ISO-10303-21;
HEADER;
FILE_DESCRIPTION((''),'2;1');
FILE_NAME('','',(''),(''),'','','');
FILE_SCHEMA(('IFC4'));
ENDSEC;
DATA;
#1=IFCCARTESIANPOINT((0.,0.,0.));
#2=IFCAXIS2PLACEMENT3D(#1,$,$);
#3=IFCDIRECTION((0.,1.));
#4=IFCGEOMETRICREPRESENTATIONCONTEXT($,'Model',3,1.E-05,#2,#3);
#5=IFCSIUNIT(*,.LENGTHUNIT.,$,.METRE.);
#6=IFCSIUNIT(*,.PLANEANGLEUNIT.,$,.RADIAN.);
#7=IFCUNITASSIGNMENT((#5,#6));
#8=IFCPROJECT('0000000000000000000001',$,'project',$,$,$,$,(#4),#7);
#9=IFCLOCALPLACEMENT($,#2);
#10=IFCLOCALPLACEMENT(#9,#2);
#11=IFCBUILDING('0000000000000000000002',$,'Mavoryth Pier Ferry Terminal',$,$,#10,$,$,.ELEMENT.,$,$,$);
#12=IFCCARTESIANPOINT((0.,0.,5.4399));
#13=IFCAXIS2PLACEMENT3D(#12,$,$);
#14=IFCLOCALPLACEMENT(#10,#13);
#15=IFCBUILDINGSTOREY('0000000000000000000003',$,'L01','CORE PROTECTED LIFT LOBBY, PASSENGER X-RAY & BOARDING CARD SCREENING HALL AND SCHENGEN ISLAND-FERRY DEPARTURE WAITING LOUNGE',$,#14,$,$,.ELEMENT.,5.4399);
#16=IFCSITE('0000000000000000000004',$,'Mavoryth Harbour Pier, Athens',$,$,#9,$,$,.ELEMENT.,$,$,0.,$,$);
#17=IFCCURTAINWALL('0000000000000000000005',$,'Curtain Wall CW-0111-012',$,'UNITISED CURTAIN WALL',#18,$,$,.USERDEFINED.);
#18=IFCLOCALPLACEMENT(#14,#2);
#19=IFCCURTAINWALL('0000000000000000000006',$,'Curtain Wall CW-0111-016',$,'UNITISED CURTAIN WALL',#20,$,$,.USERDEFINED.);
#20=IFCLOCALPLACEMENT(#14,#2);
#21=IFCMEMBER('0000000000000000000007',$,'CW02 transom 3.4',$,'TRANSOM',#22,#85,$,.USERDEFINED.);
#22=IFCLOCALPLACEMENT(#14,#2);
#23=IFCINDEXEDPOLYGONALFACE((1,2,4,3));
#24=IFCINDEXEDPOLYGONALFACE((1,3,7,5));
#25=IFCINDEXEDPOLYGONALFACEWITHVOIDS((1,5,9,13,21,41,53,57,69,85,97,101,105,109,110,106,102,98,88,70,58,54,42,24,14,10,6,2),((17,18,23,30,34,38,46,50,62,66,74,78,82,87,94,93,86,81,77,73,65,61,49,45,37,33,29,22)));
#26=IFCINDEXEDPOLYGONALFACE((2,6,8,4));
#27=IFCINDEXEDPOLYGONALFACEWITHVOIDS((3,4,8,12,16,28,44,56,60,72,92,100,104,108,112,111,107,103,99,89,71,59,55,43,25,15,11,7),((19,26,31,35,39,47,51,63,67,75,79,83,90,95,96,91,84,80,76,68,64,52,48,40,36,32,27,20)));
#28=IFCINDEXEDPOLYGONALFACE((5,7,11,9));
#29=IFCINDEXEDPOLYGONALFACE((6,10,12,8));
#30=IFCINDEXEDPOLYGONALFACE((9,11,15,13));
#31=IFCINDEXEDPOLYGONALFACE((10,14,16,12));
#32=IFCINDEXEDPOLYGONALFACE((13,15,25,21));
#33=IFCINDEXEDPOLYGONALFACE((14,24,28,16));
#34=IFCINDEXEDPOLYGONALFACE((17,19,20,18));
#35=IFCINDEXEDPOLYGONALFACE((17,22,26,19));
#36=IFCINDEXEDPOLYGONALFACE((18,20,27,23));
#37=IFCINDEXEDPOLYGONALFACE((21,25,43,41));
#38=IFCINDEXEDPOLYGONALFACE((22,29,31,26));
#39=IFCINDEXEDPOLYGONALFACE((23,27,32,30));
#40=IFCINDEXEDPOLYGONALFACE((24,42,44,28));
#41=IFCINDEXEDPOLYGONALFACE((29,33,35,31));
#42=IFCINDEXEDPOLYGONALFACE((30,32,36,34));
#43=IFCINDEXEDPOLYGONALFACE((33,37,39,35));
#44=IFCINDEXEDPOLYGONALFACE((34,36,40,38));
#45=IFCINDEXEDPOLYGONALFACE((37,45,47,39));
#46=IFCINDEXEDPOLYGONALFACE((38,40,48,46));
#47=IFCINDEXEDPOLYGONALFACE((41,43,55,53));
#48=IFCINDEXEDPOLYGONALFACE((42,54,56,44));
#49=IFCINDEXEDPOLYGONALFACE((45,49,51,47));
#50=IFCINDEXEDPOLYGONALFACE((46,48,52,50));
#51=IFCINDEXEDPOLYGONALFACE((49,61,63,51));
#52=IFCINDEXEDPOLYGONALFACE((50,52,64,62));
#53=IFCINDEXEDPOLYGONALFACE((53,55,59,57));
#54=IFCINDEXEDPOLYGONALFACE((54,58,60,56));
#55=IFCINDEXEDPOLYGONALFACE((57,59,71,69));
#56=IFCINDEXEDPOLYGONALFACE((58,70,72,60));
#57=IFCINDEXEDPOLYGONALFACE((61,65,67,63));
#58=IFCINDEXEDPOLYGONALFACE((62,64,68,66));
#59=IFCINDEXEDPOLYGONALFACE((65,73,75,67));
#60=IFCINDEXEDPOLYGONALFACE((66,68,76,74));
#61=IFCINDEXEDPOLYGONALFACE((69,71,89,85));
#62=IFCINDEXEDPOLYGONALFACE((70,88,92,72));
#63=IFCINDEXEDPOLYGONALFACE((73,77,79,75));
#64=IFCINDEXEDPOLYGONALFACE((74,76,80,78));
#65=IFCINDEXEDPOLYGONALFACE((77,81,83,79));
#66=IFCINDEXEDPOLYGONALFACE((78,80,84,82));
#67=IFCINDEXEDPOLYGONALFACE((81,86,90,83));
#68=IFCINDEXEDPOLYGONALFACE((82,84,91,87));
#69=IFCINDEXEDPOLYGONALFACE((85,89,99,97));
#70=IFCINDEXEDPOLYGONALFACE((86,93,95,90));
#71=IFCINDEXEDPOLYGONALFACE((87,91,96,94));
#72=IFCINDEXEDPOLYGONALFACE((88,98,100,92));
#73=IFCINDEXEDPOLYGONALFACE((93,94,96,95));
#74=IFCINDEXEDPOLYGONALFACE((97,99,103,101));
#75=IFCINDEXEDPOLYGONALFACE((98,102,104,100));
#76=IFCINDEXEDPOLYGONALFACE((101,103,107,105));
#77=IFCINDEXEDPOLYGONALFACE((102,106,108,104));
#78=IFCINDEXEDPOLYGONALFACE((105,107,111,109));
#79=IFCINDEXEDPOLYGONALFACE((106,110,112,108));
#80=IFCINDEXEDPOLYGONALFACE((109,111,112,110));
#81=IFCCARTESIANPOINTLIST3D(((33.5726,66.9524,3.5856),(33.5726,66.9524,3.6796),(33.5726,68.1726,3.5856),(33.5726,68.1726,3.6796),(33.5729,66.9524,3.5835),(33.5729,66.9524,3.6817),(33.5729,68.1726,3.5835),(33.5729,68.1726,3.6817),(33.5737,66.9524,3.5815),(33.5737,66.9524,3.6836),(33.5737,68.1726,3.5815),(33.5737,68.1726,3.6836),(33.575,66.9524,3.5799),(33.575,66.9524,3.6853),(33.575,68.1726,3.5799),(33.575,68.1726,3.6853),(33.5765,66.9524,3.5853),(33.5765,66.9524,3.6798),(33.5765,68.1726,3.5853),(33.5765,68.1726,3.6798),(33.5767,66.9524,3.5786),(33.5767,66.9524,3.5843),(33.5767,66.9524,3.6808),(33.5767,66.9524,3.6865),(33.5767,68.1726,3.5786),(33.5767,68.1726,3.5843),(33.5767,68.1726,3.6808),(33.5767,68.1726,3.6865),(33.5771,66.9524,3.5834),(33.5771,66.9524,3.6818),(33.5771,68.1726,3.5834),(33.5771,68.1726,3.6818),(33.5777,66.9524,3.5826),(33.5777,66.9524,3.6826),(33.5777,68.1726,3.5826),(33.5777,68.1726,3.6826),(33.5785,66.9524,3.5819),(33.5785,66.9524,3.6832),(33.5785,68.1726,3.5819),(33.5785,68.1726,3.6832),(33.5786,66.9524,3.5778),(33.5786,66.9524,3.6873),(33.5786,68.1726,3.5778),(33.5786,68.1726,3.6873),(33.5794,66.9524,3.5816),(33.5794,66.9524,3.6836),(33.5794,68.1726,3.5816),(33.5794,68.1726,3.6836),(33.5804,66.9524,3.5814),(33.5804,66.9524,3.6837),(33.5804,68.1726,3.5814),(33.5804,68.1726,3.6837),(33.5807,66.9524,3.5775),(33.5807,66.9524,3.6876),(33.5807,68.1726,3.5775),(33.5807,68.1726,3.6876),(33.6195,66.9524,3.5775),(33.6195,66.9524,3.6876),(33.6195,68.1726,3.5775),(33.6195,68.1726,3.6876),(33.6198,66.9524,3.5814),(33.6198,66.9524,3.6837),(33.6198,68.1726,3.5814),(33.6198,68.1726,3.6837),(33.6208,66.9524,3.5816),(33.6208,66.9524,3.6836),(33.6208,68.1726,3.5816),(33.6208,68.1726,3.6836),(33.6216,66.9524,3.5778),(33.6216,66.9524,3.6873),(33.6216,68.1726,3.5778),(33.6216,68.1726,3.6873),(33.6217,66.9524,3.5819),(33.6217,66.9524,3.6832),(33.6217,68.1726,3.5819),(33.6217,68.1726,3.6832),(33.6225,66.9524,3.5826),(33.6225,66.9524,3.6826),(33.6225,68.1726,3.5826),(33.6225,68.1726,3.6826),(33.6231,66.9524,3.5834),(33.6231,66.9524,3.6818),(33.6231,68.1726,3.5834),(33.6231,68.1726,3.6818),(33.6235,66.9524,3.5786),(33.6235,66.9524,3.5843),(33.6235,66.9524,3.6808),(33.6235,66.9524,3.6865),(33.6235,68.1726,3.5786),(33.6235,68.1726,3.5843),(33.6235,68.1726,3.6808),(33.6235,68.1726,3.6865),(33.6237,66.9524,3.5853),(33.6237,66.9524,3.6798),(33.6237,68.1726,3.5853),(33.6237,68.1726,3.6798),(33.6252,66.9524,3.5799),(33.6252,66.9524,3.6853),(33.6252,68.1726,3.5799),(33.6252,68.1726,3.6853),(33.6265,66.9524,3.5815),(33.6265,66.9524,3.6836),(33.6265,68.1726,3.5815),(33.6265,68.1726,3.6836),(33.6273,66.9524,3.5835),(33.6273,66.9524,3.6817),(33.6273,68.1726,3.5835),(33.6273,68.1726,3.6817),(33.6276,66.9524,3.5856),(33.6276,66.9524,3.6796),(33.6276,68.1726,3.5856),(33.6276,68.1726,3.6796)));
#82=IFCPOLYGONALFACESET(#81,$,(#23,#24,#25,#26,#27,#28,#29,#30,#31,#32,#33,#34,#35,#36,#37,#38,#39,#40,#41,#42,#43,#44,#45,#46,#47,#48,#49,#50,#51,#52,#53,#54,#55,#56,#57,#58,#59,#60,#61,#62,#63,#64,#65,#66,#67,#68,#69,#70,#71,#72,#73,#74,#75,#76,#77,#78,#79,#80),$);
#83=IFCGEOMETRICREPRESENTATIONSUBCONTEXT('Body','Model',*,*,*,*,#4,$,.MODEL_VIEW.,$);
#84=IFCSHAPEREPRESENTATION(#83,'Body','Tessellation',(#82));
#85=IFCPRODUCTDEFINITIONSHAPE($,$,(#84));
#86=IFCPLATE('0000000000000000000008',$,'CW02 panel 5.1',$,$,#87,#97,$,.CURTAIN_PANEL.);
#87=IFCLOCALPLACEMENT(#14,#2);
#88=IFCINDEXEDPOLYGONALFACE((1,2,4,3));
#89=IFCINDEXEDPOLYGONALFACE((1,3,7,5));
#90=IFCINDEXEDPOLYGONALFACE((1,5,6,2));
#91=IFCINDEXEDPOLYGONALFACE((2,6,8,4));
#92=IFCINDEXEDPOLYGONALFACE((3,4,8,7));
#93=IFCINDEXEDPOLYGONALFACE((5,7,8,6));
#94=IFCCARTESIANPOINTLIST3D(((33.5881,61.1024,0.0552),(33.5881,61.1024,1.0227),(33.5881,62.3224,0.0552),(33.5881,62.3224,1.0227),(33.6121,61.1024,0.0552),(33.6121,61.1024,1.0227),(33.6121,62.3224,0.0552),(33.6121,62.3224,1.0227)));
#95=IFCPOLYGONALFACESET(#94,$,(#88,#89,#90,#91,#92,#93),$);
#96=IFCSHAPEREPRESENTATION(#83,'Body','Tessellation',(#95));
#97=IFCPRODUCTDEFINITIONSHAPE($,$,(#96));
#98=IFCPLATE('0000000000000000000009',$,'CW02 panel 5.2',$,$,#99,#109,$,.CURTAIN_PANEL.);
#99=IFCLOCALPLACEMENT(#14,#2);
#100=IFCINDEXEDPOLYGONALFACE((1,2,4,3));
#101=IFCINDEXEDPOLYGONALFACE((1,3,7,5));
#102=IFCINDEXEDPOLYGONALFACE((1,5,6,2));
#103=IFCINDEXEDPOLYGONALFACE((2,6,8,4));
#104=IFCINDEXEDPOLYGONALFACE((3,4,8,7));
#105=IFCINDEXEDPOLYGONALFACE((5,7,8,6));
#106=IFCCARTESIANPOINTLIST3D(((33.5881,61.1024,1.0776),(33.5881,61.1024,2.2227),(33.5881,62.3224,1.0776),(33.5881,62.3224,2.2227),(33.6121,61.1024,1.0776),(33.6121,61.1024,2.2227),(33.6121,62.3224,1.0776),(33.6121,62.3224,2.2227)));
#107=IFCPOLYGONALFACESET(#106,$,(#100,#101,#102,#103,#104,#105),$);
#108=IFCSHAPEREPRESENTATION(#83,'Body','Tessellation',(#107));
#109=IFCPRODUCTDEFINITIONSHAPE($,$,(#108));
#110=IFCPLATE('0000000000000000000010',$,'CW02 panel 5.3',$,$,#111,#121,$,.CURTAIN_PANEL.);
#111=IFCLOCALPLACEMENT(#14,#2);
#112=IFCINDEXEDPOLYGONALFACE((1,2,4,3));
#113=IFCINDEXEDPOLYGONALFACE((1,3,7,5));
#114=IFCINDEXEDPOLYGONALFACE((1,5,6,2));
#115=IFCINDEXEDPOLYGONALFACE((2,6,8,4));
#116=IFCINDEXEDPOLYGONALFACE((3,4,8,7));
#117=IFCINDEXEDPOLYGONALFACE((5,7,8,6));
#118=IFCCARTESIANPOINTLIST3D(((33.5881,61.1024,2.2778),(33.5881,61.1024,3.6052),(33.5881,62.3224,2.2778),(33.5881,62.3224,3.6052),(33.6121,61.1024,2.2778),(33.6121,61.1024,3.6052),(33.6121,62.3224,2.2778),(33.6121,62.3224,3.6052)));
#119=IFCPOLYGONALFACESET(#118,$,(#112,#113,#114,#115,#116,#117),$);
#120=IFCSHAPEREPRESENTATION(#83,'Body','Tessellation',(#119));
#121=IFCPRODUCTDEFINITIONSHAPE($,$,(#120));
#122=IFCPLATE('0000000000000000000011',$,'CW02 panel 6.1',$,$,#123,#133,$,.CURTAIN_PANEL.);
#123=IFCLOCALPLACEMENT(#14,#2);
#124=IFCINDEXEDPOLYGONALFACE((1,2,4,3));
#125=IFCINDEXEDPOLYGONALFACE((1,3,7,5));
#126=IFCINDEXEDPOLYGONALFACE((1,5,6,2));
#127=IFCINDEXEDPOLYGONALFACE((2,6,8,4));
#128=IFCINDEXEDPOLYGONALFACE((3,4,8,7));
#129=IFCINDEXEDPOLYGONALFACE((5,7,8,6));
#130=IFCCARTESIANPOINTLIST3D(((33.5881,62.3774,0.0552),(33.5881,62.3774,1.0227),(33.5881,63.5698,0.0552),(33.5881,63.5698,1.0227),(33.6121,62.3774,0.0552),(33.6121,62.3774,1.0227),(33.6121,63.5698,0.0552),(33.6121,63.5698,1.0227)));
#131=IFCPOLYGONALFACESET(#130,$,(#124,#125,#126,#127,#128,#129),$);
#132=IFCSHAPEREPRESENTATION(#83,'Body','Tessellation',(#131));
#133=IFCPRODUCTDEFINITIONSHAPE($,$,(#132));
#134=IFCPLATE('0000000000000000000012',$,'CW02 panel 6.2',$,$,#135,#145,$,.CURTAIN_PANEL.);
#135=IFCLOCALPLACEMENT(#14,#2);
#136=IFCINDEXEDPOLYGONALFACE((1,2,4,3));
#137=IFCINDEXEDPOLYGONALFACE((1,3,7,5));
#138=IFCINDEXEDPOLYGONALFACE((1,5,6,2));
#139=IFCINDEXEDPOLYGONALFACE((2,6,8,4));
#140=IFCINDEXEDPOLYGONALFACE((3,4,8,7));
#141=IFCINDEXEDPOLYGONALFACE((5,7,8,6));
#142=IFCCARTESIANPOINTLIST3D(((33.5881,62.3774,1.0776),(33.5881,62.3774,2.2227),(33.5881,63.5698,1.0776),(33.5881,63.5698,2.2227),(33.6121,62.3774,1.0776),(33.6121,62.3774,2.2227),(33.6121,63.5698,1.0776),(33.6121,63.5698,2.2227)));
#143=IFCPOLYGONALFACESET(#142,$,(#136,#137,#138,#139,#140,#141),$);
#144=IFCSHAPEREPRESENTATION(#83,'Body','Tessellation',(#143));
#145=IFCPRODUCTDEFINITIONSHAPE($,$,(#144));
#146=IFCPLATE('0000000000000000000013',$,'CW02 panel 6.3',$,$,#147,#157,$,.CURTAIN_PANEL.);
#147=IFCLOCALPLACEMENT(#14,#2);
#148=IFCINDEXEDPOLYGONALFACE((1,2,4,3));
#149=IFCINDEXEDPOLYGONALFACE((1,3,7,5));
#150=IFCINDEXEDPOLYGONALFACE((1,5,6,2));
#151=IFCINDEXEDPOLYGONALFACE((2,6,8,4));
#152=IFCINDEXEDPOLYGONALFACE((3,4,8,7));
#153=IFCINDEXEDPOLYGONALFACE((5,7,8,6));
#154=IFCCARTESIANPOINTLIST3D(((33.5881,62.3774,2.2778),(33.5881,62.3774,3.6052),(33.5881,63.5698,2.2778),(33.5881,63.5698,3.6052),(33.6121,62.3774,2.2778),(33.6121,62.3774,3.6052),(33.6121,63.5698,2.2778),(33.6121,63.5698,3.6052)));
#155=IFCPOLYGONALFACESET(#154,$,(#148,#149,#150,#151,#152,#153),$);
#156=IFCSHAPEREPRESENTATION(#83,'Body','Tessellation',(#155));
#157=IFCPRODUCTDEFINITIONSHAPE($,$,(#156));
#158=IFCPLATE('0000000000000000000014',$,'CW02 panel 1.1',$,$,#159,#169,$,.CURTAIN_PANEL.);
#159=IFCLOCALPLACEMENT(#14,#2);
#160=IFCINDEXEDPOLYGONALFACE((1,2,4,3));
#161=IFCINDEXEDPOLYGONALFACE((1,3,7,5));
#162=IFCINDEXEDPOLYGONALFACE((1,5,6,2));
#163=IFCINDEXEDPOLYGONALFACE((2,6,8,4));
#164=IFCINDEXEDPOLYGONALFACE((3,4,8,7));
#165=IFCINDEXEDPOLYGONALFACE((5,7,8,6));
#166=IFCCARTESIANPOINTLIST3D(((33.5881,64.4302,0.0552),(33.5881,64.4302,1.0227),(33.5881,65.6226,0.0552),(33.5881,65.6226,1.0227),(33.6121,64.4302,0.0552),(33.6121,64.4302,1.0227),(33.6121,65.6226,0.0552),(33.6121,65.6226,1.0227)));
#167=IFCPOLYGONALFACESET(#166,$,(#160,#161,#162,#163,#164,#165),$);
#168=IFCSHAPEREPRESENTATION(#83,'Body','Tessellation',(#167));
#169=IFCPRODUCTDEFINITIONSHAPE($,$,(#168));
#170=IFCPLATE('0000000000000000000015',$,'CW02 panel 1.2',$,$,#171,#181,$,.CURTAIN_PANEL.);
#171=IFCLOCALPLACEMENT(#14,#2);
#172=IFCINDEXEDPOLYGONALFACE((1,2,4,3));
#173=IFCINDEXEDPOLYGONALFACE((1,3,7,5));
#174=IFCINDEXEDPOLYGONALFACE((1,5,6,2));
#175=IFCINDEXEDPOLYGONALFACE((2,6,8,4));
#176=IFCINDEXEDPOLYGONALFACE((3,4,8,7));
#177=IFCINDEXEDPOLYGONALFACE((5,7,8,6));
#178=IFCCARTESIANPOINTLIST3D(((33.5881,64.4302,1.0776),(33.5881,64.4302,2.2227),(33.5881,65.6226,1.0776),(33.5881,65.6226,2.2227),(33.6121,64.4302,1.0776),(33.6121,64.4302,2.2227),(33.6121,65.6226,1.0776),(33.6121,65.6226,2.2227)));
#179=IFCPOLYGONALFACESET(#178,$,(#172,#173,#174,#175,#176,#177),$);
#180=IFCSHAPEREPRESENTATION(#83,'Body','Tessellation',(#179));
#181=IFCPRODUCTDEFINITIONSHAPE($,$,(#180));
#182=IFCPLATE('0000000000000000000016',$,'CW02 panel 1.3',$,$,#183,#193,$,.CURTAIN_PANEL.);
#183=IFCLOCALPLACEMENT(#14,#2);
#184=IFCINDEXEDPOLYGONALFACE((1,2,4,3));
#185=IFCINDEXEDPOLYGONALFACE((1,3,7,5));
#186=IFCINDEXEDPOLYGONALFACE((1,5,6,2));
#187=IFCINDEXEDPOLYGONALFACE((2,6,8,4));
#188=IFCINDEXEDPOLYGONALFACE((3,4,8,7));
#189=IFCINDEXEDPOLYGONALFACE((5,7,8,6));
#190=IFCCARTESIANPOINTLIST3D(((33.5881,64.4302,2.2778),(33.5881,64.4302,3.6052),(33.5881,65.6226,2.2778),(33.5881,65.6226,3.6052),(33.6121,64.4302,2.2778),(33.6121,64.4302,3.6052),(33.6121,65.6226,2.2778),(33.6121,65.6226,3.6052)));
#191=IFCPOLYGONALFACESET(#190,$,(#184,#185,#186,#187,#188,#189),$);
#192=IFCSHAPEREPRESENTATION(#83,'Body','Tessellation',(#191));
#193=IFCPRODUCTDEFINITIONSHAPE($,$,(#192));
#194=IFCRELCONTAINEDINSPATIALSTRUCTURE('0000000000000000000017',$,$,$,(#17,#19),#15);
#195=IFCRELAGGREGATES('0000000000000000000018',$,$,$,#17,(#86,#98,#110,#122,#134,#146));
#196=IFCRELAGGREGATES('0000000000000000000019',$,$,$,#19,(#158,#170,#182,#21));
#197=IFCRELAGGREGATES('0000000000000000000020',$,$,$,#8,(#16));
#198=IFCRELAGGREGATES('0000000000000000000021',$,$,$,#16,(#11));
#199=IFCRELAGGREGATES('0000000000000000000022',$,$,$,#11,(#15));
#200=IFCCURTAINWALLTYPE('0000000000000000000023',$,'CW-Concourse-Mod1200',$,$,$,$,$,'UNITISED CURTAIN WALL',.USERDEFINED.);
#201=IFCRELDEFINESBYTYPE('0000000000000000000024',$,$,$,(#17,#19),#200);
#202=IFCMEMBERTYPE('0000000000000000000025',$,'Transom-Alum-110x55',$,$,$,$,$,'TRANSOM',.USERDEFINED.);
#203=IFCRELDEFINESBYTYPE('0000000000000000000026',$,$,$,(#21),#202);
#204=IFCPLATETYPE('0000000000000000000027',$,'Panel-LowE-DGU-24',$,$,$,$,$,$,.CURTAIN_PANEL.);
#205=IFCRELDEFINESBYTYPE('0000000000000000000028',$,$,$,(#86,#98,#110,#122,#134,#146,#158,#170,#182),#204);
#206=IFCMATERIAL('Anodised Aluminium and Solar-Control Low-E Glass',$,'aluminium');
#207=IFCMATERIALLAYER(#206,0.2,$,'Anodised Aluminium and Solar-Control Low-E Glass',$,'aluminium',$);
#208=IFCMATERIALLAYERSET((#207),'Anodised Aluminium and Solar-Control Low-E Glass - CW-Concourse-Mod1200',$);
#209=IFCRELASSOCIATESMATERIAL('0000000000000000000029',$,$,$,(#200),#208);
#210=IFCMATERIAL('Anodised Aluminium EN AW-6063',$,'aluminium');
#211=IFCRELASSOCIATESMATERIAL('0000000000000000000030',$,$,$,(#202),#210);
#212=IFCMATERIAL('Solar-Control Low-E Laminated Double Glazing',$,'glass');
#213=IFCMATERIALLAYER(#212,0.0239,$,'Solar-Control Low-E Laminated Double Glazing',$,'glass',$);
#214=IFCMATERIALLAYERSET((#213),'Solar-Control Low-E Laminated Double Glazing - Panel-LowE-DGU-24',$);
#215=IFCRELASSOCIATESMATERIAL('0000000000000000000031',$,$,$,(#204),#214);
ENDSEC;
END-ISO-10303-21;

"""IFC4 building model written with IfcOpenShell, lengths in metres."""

from ifc_helpers import new_model, si_unit, direction, frame, origin, origin_2d, place, context, subcontext, project, spatial, rectangle, hollow_rectangle, extrude, material, layer, layer_set, material_profile, profile_set, type_object, element, aggregate, save


model = new_model("IFC4")

# Units and contexts
model_context = context("Model", 3, precision=1e-05, world=origin(), true_north=direction((0.0, 1.0)))
body_context = subcontext(model_context, "Body", "Model", "MODEL_VIEW")
ifc_project = project(units=[si_unit("LENGTHUNIT", "METRE"), si_unit("PLANEANGLEUNIT", "RADIAN")], contexts=[model_context])

# Site, building, storey
site_placement = place(None, origin())
site = spatial("IfcSite", under=ifc_project, at=site_placement, Name="Mavoryth Harbour Pier, Athens", CompositionType="ELEMENT", RefElevation=0.0)
building_placement = place(site_placement, origin())
building = spatial("IfcBuilding", under=site, at=building_placement, Name="Mavoryth Pier Ferry Terminal", CompositionType="ELEMENT")
storey_placement = place(building_placement, frame((0.0, 0.0, 5.4399)))
storey = spatial("IfcBuildingStorey", under=building, at=storey_placement, Name="L01", Description="CORE PROTECTED LIFT LOBBY, PASSENGER X-RAY & BOARDING CARD SCREENING HALL AND SCHENGEN ISLAND-FERRY DEPARTURE WAITING LOUNGE", CompositionType="ELEMENT", Elevation=5.4399)

# Curtain walls
ifc_material_1 = material(Name="Anodised Aluminium and Solar-Control Low-E Glass", Category="aluminium")
ifc_layer_1 = layer(ifc_material_1, 0.2, Name="Anodised Aluminium and Solar-Control Low-E Glass", Category="aluminium")
ifc_layer_set_1 = layer_set([ifc_layer_1], Name="Anodised Aluminium and Solar-Control Low-E Glass - CW-Concourse-Mod1200")
curtain_wall_type = type_object("IfcCurtainWallType", Name="CW-Concourse-Mod1200", ElementType="UNITISED CURTAIN WALL", PredefinedType="USERDEFINED", material=ifc_layer_set_1)
curtain_wall_1_placement = place(storey_placement, origin())
curtain_wall_1 = element("IfcCurtainWall", 1, at=curtain_wall_1_placement, inside=storey, type_object=curtain_wall_type, Name="Curtain Wall CW-0111-012", ObjectType="UNITISED CURTAIN WALL", PredefinedType="USERDEFINED")
ifc_material_2 = material(Name="Anodised Aluminium EN AW-6063", Category="aluminium")
curtain_wall_2_placement = place(storey_placement, origin())
curtain_wall_2 = element("IfcCurtainWall", 2, at=curtain_wall_2_placement, inside=storey, type_object=curtain_wall_type, Name="Curtain Wall CW-0111-016", ObjectType="UNITISED CURTAIN WALL", PredefinedType="USERDEFINED")

# Member
ifc_material_profile_1 = material_profile(ifc_material_2, hollow_rectangle(XDim=0.0549, YDim=0.1101, WallThickness=0.0039, InnerFilletRadius=0.0039, OuterFilletRadius=0.0081, at=origin_2d()), Name="AL-TRAN 110x55x4", Category="aluminium")
ifc_profile_set_1 = profile_set([ifc_material_profile_1], Name="Anodised Aluminium EN AW-6063 - AL-TRAN 110x55x4")
member_type_1 = type_object("IfcMemberType", Name="Transom-Alum-110x55", ElementType="TRANSOM", PredefinedType="USERDEFINED", material=ifc_profile_set_1)
member_1_placement = place(storey_placement, frame((33.6001, 66.9524, 3.6326), z_axis=(0.0, 1.0, 0.0), x_axis=(-1.0, 0.0, 0.0)))
member_1 = element("IfcMember", 3, at=member_1_placement, type_object=member_type_1, Name="CW02 transom 3.4", ObjectType="TRANSOM", PredefinedType="USERDEFINED", context=body_context, shape_type="SweptSolid", body=[
    extrude(hollow_rectangle(XDim=0.0549, YDim=0.1101, WallThickness=0.0039, InnerFilletRadius=0.0039, OuterFilletRadius=0.0081, at=origin_2d()), origin(), (0.0, 0.0, 1.0), 1.2202),
])

# Plates
ifc_material_3 = material(Name="Solar-Control Low-E Laminated Double Glazing", Category="glass")
ifc_layer_2 = layer(ifc_material_3, 0.0239, Name="Solar-Control Low-E Laminated Double Glazing", Category="glass")
ifc_layer_set_2 = layer_set([ifc_layer_2], Name="Solar-Control Low-E Laminated Double Glazing - Panel-LowE-DGU-24")
plate_type = type_object("IfcPlateType", Name="Panel-LowE-DGU-24", PredefinedType="CURTAIN_PANEL", material=ifc_layer_set_2)
plate_1_placement = place(storey_placement, frame((33.6001, 61.7124, 0.0552), z_axis=(0.0, 0.0, 1.0), x_axis=(0.0, 1.0, 0.0)))
plate_1 = element("IfcPlate", 4, at=plate_1_placement, type_object=plate_type, Name="CW02 panel 5.1", PredefinedType="CURTAIN_PANEL", context=body_context, shape_type="SweptSolid", body=[
    extrude(rectangle(XDim=1.22, YDim=0.0239, at=origin_2d()), origin(), (0.0, 0.0, 1.0), 0.9675),
])
plate_2_placement = place(storey_placement, frame((33.6001, 61.7124, 1.0776), z_axis=(0.0, 0.0, 1.0), x_axis=(0.0, 1.0, 0.0)))
plate_2 = element("IfcPlate", 5, at=plate_2_placement, type_object=plate_type, Name="CW02 panel 5.2", PredefinedType="CURTAIN_PANEL", context=body_context, shape_type="SweptSolid", body=[
    extrude(rectangle(XDim=1.22, YDim=0.0239, at=origin_2d()), origin(), (0.0, 0.0, 1.0), 1.145),
])
plate_3_placement = place(storey_placement, frame((33.6001, 61.7124, 2.2778), z_axis=(0.0, 0.0, 1.0), x_axis=(0.0, 1.0, 0.0)))
plate_3 = element("IfcPlate", 6, at=plate_3_placement, type_object=plate_type, Name="CW02 panel 5.3", PredefinedType="CURTAIN_PANEL", context=body_context, shape_type="SweptSolid", body=[
    extrude(rectangle(XDim=1.22, YDim=0.0239, at=origin_2d()), origin(), (0.0, 0.0, 1.0), 1.3274),
])
plate_4_placement = place(storey_placement, frame((33.6001, 62.9736, 0.0552), z_axis=(0.0, 0.0, 1.0), x_axis=(0.0, 1.0, 0.0)))
plate_4 = element("IfcPlate", 7, at=plate_4_placement, type_object=plate_type, Name="CW02 panel 6.1", PredefinedType="CURTAIN_PANEL", context=body_context, shape_type="SweptSolid", body=[
    extrude(rectangle(XDim=1.1924, YDim=0.0239, at=origin_2d()), origin(), (0.0, 0.0, 1.0), 0.9675),
])
plate_5_placement = place(storey_placement, frame((33.6001, 62.9736, 1.0776), z_axis=(0.0, 0.0, 1.0), x_axis=(0.0, 1.0, 0.0)))
plate_5 = element("IfcPlate", 8, at=plate_5_placement, type_object=plate_type, Name="CW02 panel 6.2", PredefinedType="CURTAIN_PANEL", context=body_context, shape_type="SweptSolid", body=[
    extrude(rectangle(XDim=1.1924, YDim=0.0239, at=origin_2d()), origin(), (0.0, 0.0, 1.0), 1.145),
])
plate_6_placement = place(storey_placement, frame((33.6001, 62.9736, 2.2778), z_axis=(0.0, 0.0, 1.0), x_axis=(0.0, 1.0, 0.0)))
plate_6 = element("IfcPlate", 9, at=plate_6_placement, type_object=plate_type, Name="CW02 panel 6.3", PredefinedType="CURTAIN_PANEL", context=body_context, shape_type="SweptSolid", body=[
    extrude(rectangle(XDim=1.1924, YDim=0.0239, at=origin_2d()), origin(), (0.0, 0.0, 1.0), 1.3274),
])
aggregate(curtain_wall_1, [plate_1, plate_2, plate_3, plate_4, plate_5, plate_6])
plate_7_placement = place(storey_placement, frame((33.6001, 65.0264, 0.0552), z_axis=(0.0, 0.0, 1.0), x_axis=(0.0, 1.0, 0.0)))
plate_7 = element("IfcPlate", 10, at=plate_7_placement, type_object=plate_type, Name="CW02 panel 1.1", PredefinedType="CURTAIN_PANEL", context=body_context, shape_type="SweptSolid", body=[
    extrude(rectangle(XDim=1.1924, YDim=0.0239, at=origin_2d()), origin(), (0.0, 0.0, 1.0), 0.9675),
])
plate_8_placement = place(storey_placement, frame((33.6001, 65.0264, 1.0776), z_axis=(0.0, 0.0, 1.0), x_axis=(0.0, 1.0, 0.0)))
plate_8 = element("IfcPlate", 11, at=plate_8_placement, type_object=plate_type, Name="CW02 panel 1.2", PredefinedType="CURTAIN_PANEL", context=body_context, shape_type="SweptSolid", body=[
    extrude(rectangle(XDim=1.1924, YDim=0.0239, at=origin_2d()), origin(), (0.0, 0.0, 1.0), 1.145),
])
plate_9_placement = place(storey_placement, frame((33.6001, 65.0264, 2.2778), z_axis=(0.0, 0.0, 1.0), x_axis=(0.0, 1.0, 0.0)))
plate_9 = element("IfcPlate", 12, at=plate_9_placement, type_object=plate_type, Name="CW02 panel 1.3", PredefinedType="CURTAIN_PANEL", context=body_context, shape_type="SweptSolid", body=[
    extrude(rectangle(XDim=1.1924, YDim=0.0239, at=origin_2d()), origin(), (0.0, 0.0, 1.0), 1.3274),
])
aggregate(curtain_wall_2, [plate_7, plate_8, plate_9, member_1])

save(model, "model.ifc")
